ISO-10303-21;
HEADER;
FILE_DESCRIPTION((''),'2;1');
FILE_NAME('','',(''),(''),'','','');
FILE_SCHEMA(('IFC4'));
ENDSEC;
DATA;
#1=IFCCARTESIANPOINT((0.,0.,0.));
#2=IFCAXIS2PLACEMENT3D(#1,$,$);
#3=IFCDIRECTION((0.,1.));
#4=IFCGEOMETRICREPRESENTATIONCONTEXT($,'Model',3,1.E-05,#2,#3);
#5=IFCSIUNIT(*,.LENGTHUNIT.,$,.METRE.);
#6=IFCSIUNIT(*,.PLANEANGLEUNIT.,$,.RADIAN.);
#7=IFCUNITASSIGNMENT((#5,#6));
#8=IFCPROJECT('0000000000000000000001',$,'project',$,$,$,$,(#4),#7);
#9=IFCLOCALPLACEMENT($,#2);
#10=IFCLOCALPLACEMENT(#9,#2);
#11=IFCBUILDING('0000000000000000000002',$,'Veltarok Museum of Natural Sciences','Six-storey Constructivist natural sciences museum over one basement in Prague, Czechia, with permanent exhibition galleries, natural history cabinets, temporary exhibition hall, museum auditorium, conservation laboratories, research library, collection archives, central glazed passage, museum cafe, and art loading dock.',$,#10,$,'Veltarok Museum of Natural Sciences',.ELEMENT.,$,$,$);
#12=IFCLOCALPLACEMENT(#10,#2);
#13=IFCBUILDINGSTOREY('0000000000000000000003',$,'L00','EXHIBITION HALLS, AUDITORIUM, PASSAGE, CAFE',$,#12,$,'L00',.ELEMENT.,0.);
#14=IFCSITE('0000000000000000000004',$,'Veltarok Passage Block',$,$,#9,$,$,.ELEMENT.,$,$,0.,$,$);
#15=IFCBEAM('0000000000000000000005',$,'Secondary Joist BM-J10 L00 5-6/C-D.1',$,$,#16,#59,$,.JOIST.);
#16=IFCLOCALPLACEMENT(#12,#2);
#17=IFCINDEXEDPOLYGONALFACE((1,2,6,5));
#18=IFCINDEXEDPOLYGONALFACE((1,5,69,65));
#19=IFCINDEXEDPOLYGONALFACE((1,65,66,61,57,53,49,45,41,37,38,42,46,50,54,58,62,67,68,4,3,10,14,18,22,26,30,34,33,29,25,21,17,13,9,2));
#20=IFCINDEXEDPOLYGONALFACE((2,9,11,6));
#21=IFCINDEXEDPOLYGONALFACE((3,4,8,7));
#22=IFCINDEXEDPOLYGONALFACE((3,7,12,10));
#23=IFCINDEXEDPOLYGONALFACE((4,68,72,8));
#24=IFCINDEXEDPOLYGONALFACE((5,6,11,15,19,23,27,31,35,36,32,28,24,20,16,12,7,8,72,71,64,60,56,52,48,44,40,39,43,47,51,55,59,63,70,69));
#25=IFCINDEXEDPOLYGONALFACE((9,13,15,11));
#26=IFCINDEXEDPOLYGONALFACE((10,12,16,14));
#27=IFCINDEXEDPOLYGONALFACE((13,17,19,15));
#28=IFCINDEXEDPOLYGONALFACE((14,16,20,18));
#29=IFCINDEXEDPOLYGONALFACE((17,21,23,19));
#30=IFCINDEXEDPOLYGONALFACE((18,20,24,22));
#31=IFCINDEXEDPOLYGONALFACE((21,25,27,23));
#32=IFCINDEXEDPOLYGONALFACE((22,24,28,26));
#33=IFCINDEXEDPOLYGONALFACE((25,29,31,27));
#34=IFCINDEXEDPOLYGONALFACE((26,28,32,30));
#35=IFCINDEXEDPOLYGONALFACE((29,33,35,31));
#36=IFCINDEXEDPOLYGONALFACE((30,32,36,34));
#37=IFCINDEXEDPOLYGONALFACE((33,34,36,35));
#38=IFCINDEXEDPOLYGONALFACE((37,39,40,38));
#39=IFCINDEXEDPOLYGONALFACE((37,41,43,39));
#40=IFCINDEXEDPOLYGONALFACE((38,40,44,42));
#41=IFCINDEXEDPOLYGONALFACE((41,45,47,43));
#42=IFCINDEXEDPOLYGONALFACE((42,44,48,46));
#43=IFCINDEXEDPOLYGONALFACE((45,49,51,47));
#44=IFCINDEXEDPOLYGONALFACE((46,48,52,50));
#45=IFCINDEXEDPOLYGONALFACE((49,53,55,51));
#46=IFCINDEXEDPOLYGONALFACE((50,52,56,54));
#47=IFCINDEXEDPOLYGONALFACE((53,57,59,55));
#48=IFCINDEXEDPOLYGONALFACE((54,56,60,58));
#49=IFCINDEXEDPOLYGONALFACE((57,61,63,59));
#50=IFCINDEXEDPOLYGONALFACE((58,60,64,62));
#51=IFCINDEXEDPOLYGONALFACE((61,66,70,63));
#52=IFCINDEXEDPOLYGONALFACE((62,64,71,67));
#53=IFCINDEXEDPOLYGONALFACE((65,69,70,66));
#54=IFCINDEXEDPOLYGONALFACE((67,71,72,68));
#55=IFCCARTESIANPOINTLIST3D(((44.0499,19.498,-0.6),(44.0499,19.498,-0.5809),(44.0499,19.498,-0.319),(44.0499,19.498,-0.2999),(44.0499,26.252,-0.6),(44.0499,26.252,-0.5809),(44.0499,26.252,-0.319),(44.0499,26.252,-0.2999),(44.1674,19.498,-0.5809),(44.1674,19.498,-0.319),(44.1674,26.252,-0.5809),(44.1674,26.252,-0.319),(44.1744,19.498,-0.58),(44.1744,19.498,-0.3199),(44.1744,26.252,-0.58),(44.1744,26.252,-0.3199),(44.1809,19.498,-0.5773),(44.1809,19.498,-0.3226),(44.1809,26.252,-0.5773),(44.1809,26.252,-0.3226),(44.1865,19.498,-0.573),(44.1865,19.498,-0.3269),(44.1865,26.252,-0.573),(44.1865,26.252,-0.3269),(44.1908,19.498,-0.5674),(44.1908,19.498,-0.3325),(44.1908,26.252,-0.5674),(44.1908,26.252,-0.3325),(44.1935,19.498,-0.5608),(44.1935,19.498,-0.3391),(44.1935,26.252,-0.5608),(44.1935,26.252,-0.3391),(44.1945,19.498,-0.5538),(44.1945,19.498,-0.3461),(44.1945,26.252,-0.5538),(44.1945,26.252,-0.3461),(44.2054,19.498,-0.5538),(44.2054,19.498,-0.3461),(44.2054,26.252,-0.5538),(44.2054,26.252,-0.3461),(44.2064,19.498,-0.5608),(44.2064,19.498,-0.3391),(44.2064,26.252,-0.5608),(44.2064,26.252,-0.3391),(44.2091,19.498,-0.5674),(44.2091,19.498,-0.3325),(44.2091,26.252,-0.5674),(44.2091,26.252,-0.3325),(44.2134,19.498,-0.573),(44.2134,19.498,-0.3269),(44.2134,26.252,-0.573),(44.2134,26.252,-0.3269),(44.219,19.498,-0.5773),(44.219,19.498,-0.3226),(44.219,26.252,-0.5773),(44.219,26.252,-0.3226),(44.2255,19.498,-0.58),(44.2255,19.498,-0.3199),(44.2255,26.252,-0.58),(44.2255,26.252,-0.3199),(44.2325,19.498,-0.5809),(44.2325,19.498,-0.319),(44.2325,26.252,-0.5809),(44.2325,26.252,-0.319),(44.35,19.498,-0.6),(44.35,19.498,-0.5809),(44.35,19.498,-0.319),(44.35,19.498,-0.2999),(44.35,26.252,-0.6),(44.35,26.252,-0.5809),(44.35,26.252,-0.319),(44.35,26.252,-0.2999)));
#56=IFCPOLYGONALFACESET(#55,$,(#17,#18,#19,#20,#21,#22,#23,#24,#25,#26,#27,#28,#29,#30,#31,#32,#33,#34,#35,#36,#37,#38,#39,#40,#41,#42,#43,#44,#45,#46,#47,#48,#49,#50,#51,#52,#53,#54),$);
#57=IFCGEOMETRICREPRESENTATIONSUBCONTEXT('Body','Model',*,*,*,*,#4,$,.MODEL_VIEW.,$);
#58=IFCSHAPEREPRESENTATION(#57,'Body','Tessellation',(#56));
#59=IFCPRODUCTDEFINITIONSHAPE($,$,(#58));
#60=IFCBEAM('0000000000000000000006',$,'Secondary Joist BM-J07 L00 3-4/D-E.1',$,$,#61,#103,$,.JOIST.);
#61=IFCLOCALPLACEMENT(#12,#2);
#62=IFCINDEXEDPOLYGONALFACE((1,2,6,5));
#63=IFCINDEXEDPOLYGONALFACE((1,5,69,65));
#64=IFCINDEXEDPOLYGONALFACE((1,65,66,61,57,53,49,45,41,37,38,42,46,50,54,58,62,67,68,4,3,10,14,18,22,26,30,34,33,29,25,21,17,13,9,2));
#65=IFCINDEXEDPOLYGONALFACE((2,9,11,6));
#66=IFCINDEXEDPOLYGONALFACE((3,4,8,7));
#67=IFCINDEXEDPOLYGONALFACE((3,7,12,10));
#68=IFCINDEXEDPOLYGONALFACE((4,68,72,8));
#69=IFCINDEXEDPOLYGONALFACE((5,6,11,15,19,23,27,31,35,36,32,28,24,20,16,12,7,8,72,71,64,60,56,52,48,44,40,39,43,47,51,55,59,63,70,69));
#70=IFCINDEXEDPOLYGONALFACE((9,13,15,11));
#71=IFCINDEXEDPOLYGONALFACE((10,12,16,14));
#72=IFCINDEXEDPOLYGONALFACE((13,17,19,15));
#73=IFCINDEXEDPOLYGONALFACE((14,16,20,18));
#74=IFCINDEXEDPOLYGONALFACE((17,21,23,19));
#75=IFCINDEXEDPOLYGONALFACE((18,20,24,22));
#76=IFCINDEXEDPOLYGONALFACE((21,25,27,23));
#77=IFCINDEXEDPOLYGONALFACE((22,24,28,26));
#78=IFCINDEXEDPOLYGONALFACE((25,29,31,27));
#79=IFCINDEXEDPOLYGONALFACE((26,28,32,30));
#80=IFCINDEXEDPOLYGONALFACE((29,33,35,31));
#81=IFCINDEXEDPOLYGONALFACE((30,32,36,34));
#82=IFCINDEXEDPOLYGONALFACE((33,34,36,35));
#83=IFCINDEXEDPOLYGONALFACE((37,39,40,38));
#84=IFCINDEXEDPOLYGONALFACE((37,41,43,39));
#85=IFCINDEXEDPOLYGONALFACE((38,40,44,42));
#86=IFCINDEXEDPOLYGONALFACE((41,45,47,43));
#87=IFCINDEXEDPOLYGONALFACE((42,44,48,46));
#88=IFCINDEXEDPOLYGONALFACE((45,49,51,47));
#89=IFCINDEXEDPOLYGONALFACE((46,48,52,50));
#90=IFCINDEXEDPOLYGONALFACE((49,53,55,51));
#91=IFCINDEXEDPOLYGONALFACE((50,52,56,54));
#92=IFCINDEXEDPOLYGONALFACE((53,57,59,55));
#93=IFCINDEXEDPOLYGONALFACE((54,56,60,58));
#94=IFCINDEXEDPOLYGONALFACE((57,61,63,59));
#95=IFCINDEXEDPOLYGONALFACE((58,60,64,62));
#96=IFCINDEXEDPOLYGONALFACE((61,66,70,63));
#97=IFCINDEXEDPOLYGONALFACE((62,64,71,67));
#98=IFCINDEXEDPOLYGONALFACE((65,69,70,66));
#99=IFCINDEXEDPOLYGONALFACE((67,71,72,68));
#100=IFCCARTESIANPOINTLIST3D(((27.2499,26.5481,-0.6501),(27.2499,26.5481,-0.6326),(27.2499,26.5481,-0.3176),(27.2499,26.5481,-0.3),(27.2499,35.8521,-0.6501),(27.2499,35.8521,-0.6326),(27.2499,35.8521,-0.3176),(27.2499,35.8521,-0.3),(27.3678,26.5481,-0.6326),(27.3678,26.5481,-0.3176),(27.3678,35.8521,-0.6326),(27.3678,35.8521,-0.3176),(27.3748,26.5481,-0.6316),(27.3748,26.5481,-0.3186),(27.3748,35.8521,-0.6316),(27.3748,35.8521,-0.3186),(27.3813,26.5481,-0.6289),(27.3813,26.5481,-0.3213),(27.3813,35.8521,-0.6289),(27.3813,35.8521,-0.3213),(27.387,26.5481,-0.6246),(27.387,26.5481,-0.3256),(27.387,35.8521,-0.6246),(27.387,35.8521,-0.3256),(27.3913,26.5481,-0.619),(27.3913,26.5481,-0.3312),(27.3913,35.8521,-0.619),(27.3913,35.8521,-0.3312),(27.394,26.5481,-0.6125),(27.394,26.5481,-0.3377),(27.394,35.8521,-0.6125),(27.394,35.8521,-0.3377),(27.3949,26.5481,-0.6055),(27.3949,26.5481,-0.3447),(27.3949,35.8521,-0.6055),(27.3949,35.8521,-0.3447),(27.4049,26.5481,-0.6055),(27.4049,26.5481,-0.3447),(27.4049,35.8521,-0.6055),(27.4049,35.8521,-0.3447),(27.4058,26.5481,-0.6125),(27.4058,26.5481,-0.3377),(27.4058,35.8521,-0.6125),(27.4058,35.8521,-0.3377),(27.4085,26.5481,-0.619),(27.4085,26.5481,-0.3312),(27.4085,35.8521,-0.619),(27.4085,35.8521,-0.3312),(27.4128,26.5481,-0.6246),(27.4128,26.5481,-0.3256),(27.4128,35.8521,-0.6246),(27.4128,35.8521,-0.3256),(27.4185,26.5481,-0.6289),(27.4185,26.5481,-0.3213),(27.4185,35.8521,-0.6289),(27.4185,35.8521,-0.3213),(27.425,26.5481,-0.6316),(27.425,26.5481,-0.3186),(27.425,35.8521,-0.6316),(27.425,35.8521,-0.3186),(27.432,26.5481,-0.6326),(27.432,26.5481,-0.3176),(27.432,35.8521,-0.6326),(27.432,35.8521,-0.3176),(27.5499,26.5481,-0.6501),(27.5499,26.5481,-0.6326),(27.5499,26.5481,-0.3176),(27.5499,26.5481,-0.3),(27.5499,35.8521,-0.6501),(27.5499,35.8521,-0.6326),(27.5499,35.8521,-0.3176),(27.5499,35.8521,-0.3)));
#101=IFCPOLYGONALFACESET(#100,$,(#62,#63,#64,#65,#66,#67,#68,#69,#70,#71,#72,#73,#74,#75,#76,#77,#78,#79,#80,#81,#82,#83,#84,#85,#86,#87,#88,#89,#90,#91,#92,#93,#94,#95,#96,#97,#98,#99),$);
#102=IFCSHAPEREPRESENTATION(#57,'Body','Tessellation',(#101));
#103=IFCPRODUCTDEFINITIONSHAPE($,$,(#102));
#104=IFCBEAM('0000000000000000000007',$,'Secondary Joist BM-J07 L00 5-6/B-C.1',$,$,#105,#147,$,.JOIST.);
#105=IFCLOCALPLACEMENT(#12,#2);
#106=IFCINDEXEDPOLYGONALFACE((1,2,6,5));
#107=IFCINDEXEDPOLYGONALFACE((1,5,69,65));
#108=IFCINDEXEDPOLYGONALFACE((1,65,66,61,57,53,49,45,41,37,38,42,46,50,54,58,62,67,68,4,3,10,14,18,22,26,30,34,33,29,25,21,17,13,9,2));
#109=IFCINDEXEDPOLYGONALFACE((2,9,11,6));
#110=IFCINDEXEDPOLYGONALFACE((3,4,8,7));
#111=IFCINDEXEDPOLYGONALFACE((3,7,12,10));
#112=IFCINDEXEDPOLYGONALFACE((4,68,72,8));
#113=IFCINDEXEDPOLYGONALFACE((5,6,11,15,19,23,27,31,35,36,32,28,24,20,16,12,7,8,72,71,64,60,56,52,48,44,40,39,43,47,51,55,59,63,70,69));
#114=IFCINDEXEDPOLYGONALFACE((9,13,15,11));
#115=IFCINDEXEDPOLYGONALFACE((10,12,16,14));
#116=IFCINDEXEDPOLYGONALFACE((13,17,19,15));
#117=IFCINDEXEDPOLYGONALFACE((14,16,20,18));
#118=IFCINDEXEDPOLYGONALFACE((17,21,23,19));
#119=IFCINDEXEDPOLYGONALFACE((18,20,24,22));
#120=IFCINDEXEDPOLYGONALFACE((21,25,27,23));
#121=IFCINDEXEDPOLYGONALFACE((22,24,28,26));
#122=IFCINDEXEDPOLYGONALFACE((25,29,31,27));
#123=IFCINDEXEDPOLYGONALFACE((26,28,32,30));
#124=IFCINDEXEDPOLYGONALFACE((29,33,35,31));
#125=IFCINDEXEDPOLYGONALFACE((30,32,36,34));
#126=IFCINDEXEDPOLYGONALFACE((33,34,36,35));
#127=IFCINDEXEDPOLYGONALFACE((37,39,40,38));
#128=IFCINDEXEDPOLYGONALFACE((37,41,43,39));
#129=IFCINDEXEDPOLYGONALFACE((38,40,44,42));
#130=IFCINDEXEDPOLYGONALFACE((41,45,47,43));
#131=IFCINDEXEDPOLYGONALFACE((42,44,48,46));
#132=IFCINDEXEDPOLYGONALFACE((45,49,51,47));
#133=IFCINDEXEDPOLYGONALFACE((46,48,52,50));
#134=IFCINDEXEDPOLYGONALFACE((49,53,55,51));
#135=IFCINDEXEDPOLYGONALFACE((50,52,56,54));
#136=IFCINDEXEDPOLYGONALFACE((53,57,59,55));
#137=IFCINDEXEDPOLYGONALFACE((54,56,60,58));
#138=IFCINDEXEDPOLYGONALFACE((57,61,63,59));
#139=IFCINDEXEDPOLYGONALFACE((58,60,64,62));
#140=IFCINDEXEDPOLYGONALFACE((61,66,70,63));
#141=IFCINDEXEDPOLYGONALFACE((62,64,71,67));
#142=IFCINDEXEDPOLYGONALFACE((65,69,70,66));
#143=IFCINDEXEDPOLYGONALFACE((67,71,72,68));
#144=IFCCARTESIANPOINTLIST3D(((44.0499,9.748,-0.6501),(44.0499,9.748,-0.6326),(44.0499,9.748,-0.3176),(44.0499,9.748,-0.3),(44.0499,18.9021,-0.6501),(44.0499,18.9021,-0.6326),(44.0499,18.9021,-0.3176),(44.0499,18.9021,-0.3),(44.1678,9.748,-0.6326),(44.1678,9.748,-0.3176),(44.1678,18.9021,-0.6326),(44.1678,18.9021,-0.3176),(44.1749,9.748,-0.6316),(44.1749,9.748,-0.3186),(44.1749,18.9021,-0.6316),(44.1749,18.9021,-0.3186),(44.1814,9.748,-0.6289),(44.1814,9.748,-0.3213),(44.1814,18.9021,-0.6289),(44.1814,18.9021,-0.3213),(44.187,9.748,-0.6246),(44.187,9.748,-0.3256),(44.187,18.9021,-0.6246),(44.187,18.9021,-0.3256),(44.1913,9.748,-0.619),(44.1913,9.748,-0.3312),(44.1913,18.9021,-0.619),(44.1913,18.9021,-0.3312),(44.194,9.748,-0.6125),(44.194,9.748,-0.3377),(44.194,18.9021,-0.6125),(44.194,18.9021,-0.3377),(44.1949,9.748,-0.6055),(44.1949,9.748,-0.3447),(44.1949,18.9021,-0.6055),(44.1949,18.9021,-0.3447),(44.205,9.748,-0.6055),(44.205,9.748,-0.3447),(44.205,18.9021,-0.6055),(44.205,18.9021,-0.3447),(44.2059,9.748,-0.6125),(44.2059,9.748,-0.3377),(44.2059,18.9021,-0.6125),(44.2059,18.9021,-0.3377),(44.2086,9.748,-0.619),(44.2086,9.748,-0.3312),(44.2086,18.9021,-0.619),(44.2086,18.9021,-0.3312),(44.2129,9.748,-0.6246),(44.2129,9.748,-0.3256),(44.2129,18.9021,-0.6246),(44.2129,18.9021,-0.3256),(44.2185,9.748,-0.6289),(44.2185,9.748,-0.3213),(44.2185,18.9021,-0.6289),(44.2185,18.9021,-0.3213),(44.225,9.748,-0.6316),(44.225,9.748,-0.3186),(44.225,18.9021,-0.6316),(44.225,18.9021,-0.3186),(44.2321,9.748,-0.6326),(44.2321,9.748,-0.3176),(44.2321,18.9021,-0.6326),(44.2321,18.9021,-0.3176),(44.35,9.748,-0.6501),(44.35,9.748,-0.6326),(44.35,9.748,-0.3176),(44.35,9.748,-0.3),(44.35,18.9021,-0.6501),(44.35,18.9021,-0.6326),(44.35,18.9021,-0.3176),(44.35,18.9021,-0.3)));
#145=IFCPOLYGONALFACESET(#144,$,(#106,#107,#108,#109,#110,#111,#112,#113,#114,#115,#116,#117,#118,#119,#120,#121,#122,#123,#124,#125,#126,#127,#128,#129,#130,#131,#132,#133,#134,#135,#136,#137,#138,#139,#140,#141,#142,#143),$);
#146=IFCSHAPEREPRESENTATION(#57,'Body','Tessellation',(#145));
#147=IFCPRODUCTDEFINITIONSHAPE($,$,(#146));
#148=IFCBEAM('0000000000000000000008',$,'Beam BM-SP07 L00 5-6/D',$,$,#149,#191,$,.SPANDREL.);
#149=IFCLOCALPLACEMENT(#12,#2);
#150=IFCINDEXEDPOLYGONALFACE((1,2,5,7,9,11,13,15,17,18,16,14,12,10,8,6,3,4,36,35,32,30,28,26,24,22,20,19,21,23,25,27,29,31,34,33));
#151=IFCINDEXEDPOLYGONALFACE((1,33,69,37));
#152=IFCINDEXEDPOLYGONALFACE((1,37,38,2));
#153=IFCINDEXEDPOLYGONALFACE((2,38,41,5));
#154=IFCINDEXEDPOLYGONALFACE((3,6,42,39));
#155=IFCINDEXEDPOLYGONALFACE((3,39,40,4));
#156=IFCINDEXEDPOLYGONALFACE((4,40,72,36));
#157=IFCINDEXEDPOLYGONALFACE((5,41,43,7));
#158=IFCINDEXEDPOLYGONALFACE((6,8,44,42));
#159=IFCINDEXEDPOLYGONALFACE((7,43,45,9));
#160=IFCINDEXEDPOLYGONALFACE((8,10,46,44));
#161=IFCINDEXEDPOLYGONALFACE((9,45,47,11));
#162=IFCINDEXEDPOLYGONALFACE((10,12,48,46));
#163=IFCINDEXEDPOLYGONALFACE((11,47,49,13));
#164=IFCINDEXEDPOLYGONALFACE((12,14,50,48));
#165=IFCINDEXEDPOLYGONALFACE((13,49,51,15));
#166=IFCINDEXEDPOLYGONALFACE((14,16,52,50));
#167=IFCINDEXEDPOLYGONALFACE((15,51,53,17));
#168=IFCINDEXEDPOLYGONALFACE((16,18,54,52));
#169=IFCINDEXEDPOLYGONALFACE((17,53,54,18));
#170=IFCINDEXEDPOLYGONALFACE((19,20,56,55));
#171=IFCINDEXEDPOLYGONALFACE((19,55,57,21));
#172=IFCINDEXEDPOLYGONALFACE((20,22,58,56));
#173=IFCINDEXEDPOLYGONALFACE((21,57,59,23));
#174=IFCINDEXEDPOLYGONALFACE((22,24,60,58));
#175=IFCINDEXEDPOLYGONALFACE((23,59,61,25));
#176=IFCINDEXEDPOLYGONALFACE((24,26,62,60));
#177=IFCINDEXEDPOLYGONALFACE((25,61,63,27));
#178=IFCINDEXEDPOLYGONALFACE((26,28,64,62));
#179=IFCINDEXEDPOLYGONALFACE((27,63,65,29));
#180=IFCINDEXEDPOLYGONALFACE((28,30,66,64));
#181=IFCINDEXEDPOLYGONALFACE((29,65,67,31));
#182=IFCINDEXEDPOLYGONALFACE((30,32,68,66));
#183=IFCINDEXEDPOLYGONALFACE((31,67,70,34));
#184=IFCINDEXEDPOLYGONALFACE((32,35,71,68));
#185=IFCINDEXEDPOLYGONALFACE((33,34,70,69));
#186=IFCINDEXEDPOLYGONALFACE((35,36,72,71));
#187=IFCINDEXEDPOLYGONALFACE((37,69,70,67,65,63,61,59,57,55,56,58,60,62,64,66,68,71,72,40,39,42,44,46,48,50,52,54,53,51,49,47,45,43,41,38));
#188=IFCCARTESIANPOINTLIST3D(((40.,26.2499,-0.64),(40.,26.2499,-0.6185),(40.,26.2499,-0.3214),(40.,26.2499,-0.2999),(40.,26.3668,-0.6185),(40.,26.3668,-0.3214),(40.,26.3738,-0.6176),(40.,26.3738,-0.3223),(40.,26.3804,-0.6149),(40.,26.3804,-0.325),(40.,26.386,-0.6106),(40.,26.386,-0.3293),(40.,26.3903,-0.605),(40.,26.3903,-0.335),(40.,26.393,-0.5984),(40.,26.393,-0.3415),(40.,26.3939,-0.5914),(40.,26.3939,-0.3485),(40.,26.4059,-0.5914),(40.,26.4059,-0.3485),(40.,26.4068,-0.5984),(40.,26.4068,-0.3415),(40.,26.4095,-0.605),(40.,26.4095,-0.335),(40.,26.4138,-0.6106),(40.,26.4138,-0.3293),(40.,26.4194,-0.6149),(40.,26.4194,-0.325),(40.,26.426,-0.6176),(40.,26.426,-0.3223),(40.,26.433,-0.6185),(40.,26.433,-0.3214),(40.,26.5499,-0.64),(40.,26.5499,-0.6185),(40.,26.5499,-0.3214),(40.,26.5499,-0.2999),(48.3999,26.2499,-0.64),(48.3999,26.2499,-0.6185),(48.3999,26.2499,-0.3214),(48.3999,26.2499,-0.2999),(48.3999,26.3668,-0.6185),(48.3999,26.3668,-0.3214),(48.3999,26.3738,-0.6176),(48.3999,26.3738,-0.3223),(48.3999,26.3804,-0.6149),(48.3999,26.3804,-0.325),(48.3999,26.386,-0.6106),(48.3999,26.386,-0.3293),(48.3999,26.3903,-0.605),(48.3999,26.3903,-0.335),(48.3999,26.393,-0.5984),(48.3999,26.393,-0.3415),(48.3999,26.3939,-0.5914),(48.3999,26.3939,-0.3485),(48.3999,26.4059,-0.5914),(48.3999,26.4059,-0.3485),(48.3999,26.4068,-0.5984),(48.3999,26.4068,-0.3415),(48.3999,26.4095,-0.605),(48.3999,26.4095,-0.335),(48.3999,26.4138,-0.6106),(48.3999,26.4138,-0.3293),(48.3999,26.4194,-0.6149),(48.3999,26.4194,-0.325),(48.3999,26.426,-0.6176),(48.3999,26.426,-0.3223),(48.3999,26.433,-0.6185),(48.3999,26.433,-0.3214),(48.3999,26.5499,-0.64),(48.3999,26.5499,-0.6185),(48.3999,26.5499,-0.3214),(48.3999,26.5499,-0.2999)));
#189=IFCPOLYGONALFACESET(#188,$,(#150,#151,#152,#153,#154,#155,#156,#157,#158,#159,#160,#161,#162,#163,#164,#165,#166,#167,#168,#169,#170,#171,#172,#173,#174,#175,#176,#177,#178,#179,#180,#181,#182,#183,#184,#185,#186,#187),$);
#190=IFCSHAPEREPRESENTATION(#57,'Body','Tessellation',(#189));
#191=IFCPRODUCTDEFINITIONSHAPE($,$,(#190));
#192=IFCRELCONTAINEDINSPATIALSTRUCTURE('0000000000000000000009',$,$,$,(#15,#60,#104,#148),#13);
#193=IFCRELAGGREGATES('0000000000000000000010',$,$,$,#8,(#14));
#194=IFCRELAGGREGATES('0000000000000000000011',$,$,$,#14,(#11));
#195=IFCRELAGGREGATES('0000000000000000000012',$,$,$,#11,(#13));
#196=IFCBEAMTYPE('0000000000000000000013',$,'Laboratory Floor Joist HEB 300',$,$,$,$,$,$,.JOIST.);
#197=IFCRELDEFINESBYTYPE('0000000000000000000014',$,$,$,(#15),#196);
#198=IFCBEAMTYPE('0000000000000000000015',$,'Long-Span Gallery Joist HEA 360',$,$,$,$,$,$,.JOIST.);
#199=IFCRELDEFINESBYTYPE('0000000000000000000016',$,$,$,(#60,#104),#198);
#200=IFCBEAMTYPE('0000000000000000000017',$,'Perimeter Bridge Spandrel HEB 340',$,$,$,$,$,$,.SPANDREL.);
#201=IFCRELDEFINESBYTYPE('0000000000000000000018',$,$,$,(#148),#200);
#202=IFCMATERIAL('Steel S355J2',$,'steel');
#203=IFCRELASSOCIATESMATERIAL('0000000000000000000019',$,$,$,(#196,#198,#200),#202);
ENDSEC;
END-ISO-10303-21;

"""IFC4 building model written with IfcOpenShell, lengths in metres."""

from ifc_helpers import new_model, si_unit, direction, frame, origin, origin_2d, place, context, subcontext, project, spatial, i_section, extrude, material, material_profile, profile_set, type_object, element, save


model = new_model("IFC4")

# Units and contexts
model_context = context("Model", 3, precision=1e-05, world=origin(), true_north=direction((0.0, 1.0)))
body_context = subcontext(model_context, "Body", "Model", "MODEL_VIEW")
ifc_project = project(units=[si_unit("LENGTHUNIT", "METRE"), si_unit("PLANEANGLEUNIT", "RADIAN")], contexts=[model_context])

# Site, building, storey
site_placement = place(None, origin())
site = spatial("IfcSite", under=ifc_project, at=site_placement, Name="Veltarok Passage Block", CompositionType="ELEMENT", RefElevation=0.0)
building_placement = place(site_placement, origin())
building = spatial("IfcBuilding", under=site, at=building_placement, Name="Veltarok Museum of Natural Sciences", Description="Six-storey Constructivist natural sciences museum over one basement in Prague, Czechia, with permanent exhibition galleries, natural history cabinets, temporary exhibition hall, museum auditorium, conservation laboratories, research library, collection archives, central glazed passage, museum cafe, and art loading dock.", LongName="Veltarok Museum of Natural Sciences", CompositionType="ELEMENT")
storey_placement = place(building_placement, origin())
storey = spatial("IfcBuildingStorey", under=building, at=storey_placement, Name="L00", Description="EXHIBITION HALLS, AUDITORIUM, PASSAGE, CAFE", LongName="L00", CompositionType="ELEMENT", Elevation=0.0)

# Shared definitions
ifc_material_1 = material(Name="Steel S355J2", Category="steel")

# Beams
ifc_material_profile_1 = material_profile(ifc_material_1, i_section(OverallWidth=0.3, OverallDepth=0.3, WebThickness=0.011, FlangeThickness=0.019, FilletRadius=0.0271, at=origin_2d()), Name="HEB 300")
ifc_profile_set_1 = profile_set([ifc_material_profile_1], Name="Steel S355J2")
beam_type_1 = type_object("IfcBeamType", Name="Laboratory Floor Joist HEB 300", PredefinedType="JOIST", material=ifc_profile_set_1)
beam_1_placement = place(storey_placement, frame((44.2, 19.498, -0.45), z_axis=(0.0, 1.0, 0.0), x_axis=(-1.0, 0.0, 0.0)))
element("IfcBeam", 1, at=beam_1_placement, inside=storey, type_object=beam_type_1, Name="Secondary Joist BM-J10 L00 5-6/C-D.1", PredefinedType="JOIST", context=body_context, shape_type="SweptSolid", body=[
    extrude(i_section(OverallWidth=0.3, OverallDepth=0.3, WebThickness=0.011, FlangeThickness=0.019, FilletRadius=0.0271, at=origin_2d()), origin(), (0.0, 0.0, 1.0), 6.7539),
])
ifc_material_profile_2 = material_profile(ifc_material_1, i_section(OverallWidth=0.3, OverallDepth=0.3501, WebThickness=0.01, FlangeThickness=0.0176, FilletRadius=0.0271, at=origin_2d()), Name="HEA 360")
ifc_profile_set_2 = profile_set([ifc_material_profile_2], Name="Steel S355J2")
beam_type_2 = type_object("IfcBeamType", Name="Long-Span Gallery Joist HEA 360", PredefinedType="JOIST", material=ifc_profile_set_2)
beam_2_placement = place(storey_placement, frame((27.3999, 26.5481, -0.4751), z_axis=(0.0, 1.0, 0.0), x_axis=(-1.0, 0.0, 0.0)))
element("IfcBeam", 2, at=beam_2_placement, inside=storey, type_object=beam_type_2, Name="Secondary Joist BM-J07 L00 3-4/D-E.1", PredefinedType="JOIST", context=body_context, shape_type="SweptSolid", body=[
    extrude(i_section(OverallWidth=0.3, OverallDepth=0.3501, WebThickness=0.01, FlangeThickness=0.0176, FilletRadius=0.0271, at=origin_2d()), origin(), (0.0, 0.0, 1.0), 9.304),
])
beam_3_placement = place(storey_placement, frame((44.2, 9.748, -0.4751), z_axis=(0.0, 1.0, 0.0), x_axis=(-1.0, 0.0, 0.0)))
element("IfcBeam", 3, at=beam_3_placement, inside=storey, type_object=beam_type_2, Name="Secondary Joist BM-J07 L00 5-6/B-C.1", PredefinedType="JOIST", context=body_context, shape_type="SweptSolid", body=[
    extrude(i_section(OverallWidth=0.3, OverallDepth=0.3501, WebThickness=0.01, FlangeThickness=0.0176, FilletRadius=0.0271, at=origin_2d()), origin(), (0.0, 0.0, 1.0), 9.1541),
])
ifc_material_profile_3 = material_profile(ifc_material_1, i_section(OverallWidth=0.3, OverallDepth=0.3401, WebThickness=0.012, FlangeThickness=0.0215, FilletRadius=0.0271, at=origin_2d()), Name="HEB 340")
ifc_profile_set_3 = profile_set([ifc_material_profile_3], Name="Steel S355J2")
beam_type_3 = type_object("IfcBeamType", Name="Perimeter Bridge Spandrel HEB 340", PredefinedType="SPANDREL", material=ifc_profile_set_3)
beam_4_placement = place(storey_placement, frame((40.0, 26.3999, -0.47), z_axis=(1.0, 0.0, 0.0), x_axis=(0.0, 1.0, 0.0)))
element("IfcBeam", 4, at=beam_4_placement, inside=storey, type_object=beam_type_3, Name="Beam BM-SP07 L00 5-6/D", PredefinedType="SPANDREL", context=body_context, shape_type="SweptSolid", body=[
    extrude(i_section(OverallWidth=0.3, OverallDepth=0.3401, WebThickness=0.012, FlangeThickness=0.0215, FilletRadius=0.0271, at=origin_2d()), origin(), (0.0, 0.0, 1.0), 8.3999),
])

save(model, "model.ifc")
